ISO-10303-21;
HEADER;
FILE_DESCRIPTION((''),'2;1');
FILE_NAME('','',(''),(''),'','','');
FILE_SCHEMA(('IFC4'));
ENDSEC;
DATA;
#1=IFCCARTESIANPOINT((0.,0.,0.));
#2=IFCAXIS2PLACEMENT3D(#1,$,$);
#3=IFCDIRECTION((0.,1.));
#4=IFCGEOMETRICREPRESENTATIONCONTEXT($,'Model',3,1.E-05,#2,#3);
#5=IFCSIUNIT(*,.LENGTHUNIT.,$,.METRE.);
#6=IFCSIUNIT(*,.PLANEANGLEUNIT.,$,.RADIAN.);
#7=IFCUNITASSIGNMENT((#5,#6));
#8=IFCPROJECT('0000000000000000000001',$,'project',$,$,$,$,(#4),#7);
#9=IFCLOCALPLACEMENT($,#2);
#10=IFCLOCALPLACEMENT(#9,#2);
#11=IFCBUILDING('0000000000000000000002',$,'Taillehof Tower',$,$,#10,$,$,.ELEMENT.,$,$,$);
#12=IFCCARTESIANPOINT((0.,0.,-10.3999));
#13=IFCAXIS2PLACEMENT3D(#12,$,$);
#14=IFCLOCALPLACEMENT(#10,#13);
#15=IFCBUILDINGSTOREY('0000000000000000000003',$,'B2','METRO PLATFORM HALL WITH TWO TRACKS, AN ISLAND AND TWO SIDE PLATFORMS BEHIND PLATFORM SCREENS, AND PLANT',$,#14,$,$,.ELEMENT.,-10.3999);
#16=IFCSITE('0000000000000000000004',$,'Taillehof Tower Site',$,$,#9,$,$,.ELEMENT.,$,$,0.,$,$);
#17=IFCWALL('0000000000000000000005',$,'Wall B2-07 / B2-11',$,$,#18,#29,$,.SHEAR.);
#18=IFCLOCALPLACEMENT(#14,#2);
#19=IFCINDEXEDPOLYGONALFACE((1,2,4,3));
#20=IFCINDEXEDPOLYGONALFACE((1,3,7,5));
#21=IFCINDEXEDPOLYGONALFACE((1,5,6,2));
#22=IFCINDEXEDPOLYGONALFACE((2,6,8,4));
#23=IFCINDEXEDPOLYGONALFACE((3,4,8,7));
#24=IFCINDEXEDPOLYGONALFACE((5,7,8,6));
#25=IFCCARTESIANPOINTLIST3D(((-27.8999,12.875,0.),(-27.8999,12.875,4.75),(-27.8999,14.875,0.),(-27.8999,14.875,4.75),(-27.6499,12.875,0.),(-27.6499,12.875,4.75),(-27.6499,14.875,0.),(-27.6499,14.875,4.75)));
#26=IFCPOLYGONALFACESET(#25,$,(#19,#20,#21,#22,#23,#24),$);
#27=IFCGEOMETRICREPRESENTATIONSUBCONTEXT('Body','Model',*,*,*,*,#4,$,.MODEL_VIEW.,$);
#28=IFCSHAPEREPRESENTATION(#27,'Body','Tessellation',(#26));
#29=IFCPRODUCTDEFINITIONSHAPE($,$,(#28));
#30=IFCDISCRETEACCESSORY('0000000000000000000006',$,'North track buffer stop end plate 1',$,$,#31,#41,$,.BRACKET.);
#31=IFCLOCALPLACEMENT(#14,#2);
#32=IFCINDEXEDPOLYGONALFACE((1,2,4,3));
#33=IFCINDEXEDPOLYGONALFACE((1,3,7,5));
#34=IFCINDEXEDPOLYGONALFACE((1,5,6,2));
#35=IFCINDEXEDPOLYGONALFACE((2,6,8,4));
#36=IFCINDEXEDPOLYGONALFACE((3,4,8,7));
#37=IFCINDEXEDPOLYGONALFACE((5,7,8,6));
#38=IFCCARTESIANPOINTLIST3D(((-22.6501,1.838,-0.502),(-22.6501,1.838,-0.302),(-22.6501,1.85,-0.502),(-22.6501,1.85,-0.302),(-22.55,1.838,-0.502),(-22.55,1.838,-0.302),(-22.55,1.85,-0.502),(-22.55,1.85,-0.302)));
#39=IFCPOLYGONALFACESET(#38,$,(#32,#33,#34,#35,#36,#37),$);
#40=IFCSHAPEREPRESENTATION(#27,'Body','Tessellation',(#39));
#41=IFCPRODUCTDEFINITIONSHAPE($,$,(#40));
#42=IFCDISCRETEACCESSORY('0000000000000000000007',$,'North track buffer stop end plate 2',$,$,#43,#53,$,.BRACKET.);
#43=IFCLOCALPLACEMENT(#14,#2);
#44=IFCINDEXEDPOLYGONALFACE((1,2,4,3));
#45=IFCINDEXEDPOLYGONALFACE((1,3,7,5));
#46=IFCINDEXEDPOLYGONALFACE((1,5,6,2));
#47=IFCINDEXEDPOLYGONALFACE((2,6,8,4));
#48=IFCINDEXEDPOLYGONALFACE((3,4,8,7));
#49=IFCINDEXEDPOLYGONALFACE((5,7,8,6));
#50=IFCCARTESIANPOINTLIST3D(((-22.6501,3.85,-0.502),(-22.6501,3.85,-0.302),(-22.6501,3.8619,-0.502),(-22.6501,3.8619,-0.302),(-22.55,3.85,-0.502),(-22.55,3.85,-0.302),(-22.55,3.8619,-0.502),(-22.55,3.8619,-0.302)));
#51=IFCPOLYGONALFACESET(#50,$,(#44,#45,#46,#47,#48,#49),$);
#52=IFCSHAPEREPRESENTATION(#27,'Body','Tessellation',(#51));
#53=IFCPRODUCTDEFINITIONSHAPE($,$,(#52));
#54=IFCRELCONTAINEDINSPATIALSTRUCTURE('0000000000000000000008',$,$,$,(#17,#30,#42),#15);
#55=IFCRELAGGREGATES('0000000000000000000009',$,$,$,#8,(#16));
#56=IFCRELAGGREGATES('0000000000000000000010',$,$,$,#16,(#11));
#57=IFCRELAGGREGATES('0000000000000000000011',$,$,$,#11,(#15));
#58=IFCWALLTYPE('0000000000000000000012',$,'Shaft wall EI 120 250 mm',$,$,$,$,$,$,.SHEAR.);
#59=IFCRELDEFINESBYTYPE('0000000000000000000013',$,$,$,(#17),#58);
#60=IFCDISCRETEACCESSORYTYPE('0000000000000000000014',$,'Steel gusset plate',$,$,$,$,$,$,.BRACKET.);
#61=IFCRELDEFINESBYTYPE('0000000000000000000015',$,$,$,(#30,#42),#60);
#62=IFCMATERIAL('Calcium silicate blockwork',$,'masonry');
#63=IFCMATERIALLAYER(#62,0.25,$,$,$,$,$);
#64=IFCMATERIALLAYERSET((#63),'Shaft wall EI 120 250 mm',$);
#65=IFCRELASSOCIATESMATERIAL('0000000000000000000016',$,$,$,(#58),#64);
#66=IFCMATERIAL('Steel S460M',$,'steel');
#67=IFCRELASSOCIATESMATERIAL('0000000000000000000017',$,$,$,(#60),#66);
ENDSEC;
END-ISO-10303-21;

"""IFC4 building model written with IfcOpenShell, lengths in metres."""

from ifc_helpers import new_model, si_unit, direction, frame, frame_2d, origin, origin_2d, place, context, subcontext, project, spatial, rectangle, extrude, material, layer, layer_set, type_object, element, save


model = new_model("IFC4")

# Units and contexts
model_context = context("Model", 3, precision=1e-05, world=origin(), true_north=direction((0.0, 1.0)))
body_context = subcontext(model_context, "Body", "Model", "MODEL_VIEW")
ifc_project = project(units=[si_unit("LENGTHUNIT", "METRE"), si_unit("PLANEANGLEUNIT", "RADIAN")], contexts=[model_context])

# Site, building, storey
site_placement = place(None, origin())
site = spatial("IfcSite", under=ifc_project, at=site_placement, Name="Taillehof Tower Site", CompositionType="ELEMENT", RefElevation=0.0)
building_placement = place(site_placement, origin())
building = spatial("IfcBuilding", under=site, at=building_placement, Name="Taillehof Tower", CompositionType="ELEMENT")
storey_placement = place(building_placement, frame((0.0, 0.0, -10.3999)))
storey = spatial("IfcBuildingStorey", under=building, at=storey_placement, Name="B2", Description="METRO PLATFORM HALL WITH TWO TRACKS, AN ISLAND AND TWO SIDE PLATFORMS BEHIND PLATFORM SCREENS, AND PLANT", CompositionType="ELEMENT", Elevation=-10.3999)

# Wall
ifc_material_1 = material(Name="Calcium silicate blockwork", Category="masonry")
ifc_layer_1 = layer(ifc_material_1, 0.25)
ifc_layer_set_1 = layer_set([ifc_layer_1], Name="Shaft wall EI 120 250 mm")
wall_type_1 = type_object("IfcWallType", Name="Shaft wall EI 120 250 mm", PredefinedType="SHEAR", material=ifc_layer_set_1)
wall_1_placement = place(storey_placement, frame((-27.7749, 12.875, 0.0), z_axis=(0.0, 0.0, 1.0), x_axis=(0.0, 1.0, 0.0)))
element("IfcWall", 1, at=wall_1_placement, inside=storey, type_object=wall_type_1, Name="Wall B2-07 / B2-11", PredefinedType="SHEAR", context=body_context, shape_type="SweptSolid", body=[
    extrude(rectangle(XDim=2.0, YDim=0.25, at=frame_2d((1.0, 0.0))), origin(), (0.0, 0.0, 1.0), 4.75),
])

# Discrete accessories
ifc_material_2 = material(Name="Steel S460M", Category="steel")
discrete_accessory_type = type_object("IfcDiscreteAccessoryType", Name="Steel gusset plate", PredefinedType="BRACKET", material=ifc_material_2)
for number, where, z_axis, x_axis, name in (
    (2, (-22.6001, 1.844, -0.502), (0.0, 0.0, 1.0), (1.0, 0.0, 0.0), "North track buffer stop end plate 1"),
    (3, (-22.6001, 3.856, -0.502), (0.0, 0.0, 1.0), (1.0, 0.0, 0.0), "North track buffer stop end plate 2"),
):
    element("IfcDiscreteAccessory", number, at=place(storey_placement, frame(where, z_axis=z_axis, x_axis=x_axis)), inside=storey, type_object=discrete_accessory_type, Name=name, PredefinedType="BRACKET", context=body_context, shape_type="SweptSolid", body=[
        extrude(rectangle(XDim=0.1001, YDim=0.012, at=origin_2d()), origin(), (0.0, 0.0, 1.0), 0.2),
    ])

save(model, "model.ifc")
